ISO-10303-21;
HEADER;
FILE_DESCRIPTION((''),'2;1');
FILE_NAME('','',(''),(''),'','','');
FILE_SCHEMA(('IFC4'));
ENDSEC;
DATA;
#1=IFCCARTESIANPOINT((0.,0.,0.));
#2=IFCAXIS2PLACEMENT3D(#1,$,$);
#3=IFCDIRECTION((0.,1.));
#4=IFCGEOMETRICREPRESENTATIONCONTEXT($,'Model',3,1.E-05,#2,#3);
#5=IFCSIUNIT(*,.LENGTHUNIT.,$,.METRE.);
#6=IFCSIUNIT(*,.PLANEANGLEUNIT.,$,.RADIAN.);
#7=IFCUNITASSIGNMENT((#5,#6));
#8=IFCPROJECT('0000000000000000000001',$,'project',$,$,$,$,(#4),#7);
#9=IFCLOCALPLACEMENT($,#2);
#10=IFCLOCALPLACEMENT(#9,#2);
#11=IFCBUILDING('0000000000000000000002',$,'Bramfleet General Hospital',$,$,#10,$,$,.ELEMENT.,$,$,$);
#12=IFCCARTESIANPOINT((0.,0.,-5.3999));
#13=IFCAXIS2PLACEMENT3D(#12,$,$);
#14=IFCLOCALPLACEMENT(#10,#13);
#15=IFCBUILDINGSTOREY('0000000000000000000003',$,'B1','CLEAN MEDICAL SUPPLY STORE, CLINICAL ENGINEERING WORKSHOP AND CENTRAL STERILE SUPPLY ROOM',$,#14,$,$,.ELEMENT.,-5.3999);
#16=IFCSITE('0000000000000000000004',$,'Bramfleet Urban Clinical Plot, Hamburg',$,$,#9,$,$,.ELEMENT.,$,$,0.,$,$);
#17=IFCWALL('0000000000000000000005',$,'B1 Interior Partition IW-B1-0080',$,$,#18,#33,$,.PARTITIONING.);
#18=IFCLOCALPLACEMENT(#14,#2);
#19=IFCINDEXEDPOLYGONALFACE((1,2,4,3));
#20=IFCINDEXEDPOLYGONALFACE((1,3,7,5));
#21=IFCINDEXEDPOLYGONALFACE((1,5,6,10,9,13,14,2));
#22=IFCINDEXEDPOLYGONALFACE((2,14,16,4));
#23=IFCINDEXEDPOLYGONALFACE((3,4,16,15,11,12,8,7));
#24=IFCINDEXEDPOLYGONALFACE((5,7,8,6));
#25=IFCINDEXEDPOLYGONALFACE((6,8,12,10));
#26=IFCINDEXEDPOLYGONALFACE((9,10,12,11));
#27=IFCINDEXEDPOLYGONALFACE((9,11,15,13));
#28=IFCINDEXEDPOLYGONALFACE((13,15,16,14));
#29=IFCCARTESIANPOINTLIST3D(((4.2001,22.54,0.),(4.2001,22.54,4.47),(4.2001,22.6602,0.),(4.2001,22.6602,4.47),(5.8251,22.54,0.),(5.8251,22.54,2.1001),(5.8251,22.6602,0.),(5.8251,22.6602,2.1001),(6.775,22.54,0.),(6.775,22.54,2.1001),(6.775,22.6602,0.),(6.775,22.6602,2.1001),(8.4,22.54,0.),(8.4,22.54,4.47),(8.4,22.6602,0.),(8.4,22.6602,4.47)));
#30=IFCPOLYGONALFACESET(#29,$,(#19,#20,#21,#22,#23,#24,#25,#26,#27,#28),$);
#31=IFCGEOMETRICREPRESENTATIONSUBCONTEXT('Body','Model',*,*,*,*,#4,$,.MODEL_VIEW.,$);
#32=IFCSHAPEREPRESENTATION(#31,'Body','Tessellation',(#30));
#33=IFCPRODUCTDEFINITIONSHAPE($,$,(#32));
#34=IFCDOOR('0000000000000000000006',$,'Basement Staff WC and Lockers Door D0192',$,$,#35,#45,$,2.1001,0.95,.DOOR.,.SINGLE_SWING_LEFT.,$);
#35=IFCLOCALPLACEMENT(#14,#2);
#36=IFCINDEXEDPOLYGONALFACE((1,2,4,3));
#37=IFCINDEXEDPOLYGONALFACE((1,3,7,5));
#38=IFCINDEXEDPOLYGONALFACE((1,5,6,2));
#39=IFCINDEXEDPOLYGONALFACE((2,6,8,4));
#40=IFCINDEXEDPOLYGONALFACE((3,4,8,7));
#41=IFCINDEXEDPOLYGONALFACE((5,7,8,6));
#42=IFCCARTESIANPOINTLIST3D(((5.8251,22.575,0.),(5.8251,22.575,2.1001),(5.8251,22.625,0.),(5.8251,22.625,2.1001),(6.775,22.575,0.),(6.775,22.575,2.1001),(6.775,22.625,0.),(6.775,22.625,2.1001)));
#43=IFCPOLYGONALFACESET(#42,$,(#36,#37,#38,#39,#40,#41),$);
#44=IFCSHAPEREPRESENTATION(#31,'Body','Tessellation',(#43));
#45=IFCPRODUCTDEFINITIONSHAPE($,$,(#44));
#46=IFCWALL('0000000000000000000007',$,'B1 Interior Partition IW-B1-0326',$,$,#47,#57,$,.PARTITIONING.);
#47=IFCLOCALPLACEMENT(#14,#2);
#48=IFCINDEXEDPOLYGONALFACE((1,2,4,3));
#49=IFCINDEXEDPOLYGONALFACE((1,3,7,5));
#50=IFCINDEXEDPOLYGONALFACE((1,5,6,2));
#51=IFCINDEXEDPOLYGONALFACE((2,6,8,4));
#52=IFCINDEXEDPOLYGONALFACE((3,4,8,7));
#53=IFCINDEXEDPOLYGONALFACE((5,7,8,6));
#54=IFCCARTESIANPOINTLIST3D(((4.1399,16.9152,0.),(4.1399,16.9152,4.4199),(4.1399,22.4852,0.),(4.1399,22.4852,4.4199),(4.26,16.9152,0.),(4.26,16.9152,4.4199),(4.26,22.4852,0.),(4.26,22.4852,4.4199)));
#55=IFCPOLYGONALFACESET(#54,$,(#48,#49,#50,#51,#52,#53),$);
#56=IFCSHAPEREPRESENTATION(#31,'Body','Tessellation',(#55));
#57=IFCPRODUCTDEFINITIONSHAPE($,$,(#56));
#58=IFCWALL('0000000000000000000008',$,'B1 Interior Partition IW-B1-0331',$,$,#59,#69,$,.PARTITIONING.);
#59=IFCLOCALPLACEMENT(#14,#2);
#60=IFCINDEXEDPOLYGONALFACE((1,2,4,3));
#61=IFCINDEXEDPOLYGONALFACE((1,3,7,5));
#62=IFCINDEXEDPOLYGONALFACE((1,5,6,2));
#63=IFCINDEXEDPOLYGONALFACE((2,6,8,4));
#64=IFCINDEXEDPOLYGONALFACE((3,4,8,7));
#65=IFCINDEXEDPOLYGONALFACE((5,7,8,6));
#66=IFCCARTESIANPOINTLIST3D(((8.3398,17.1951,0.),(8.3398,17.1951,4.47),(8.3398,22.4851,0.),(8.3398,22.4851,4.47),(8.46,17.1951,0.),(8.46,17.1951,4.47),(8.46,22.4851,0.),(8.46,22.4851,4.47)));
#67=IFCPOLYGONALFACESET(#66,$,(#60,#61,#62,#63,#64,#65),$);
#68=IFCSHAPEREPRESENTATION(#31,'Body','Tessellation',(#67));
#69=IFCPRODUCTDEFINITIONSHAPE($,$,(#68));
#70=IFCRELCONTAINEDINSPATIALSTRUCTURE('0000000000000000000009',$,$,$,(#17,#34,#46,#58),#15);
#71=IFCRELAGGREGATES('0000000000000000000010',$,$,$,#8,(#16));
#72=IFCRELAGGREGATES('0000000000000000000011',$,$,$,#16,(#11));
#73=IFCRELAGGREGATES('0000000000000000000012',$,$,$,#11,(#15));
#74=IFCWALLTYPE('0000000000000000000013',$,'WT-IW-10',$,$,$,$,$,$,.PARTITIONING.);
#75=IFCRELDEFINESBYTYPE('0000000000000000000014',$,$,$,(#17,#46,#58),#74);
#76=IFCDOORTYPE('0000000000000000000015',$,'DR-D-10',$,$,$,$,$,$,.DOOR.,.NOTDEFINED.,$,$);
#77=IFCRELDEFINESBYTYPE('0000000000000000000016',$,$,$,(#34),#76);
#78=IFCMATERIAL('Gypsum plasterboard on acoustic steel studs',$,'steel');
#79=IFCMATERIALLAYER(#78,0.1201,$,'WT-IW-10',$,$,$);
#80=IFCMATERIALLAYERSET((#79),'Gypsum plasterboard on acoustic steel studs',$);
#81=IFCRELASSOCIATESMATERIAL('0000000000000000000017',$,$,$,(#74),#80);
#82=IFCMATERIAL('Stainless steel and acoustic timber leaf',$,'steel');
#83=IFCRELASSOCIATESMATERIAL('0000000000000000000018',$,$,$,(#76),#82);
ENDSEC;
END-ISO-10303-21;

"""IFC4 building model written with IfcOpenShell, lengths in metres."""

from ifc_helpers import new_model, si_unit, direction, frame, frame_2d, origin, place, context, subcontext, project, spatial, rectangle, extrude, material, layer, layer_set, type_object, element, fill, save


model = new_model("IFC4")

# Units and contexts
model_context = context("Model", 3, precision=1e-05, world=origin(), true_north=direction((0.0, 1.0)))
body_context = subcontext(model_context, "Body", "Model", "MODEL_VIEW")
ifc_project = project(units=[si_unit("LENGTHUNIT", "METRE"), si_unit("PLANEANGLEUNIT", "RADIAN")], contexts=[model_context])

# Site, building, storey
site_placement = place(None, origin())
site = spatial("IfcSite", under=ifc_project, at=site_placement, Name="Bramfleet Urban Clinical Plot, Hamburg", CompositionType="ELEMENT", RefElevation=0.0)
building_placement = place(site_placement, origin())
building = spatial("IfcBuilding", under=site, at=building_placement, Name="Bramfleet General Hospital", CompositionType="ELEMENT")
storey_placement = place(building_placement, frame((0.0, 0.0, -5.3999)))
storey = spatial("IfcBuildingStorey", under=building, at=storey_placement, Name="B1", Description="CLEAN MEDICAL SUPPLY STORE, CLINICAL ENGINEERING WORKSHOP AND CENTRAL STERILE SUPPLY ROOM", CompositionType="ELEMENT", Elevation=-5.3999)

# Wall, opening, door
ifc_material_1 = material(Name="Stainless steel and acoustic timber leaf", Category="steel")
ifc_material_2 = material(Name="Gypsum plasterboard on acoustic steel studs", Category="steel")
ifc_layer_1 = layer(ifc_material_2, 0.1201, Name="WT-IW-10")
ifc_layer_set_1 = layer_set([ifc_layer_1], Name="Gypsum plasterboard on acoustic steel studs")
wall_type_1 = type_object("IfcWallType", Name="WT-IW-10", PredefinedType="PARTITIONING", material=ifc_layer_set_1)
wall_1_placement = place(storey_placement, frame((4.2, 22.6001, 0.0), z_axis=(0.0, 0.0, 1.0), x_axis=(1.0, 0.0, 0.0)))
wall_1 = element("IfcWall", 1, at=wall_1_placement, inside=storey, type_object=wall_type_1, Name="B1 Interior Partition IW-B1-0080", PredefinedType="PARTITIONING", context=body_context, shape_type="SweptSolid", body=[
    extrude(rectangle(XDim=4.2, YDim=0.1201, at=frame_2d((2.1001, 0.0))), origin(), (0.0, 0.0, 1.0), 4.47),
])
opening_1_placement = place(wall_1_placement, frame((1.625, 0.0, 0.0)))
opening_1 = element("IfcOpeningElement", 2, at=opening_1_placement, cuts=wall_1, PredefinedType="OPENING", context=body_context, shape_type="SweptSolid", body=[
    extrude(rectangle(XDim=0.95, YDim=2.1001, at=frame_2d((0.4751, 1.05))), frame((0.0, 0.0701, 0.0), z_axis=(0.0, -1.0, 0.0), x_axis=(1.0, 0.0, 0.0)), (0.0, 0.0, 1.0), 0.1401),
])
door_type_1 = type_object("IfcDoorType", Name="DR-D-10", OperationType="NOTDEFINED", PredefinedType="DOOR", material=ifc_material_1)
door_1_placement = place(opening_1_placement, origin())
door_1 = element("IfcDoor", 3, at=door_1_placement, inside=storey, type_object=door_type_1, Name="Basement Staff WC and Lockers Door D0192", OperationType="SINGLE_SWING_LEFT", OverallHeight=2.1001, OverallWidth=0.95, PredefinedType="DOOR", context=body_context, shape_type="SweptSolid", body=[
    extrude(rectangle(XDim=0.95, YDim=2.1001, at=frame_2d((0.4751, 1.05))), frame((0.0, 0.0249, 0.0), z_axis=(0.0, -1.0, 0.0), x_axis=(1.0, 0.0, 0.0)), (0.0, 0.0, 1.0), 0.05),
])
fill(opening_1, door_1)

# Walls
wall_2_placement = place(storey_placement, frame((4.2, 16.915, 0.0), z_axis=(0.0, 0.0, 1.0), x_axis=(0.0, 1.0, 0.0)))
element("IfcWall", 4, at=wall_2_placement, inside=storey, type_object=wall_type_1, Name="B1 Interior Partition IW-B1-0326", PredefinedType="PARTITIONING", context=body_context, shape_type="SweptSolid", body=[
    extrude(rectangle(XDim=5.5701, YDim=0.1201, at=frame_2d((2.7852, 0.0))), origin(), (0.0, 0.0, 1.0), 4.4199),
])
wall_3_placement = place(storey_placement, frame((8.3999, 17.1951, 0.0), z_axis=(0.0, 0.0, 1.0), x_axis=(0.0, 1.0, 0.0)))
element("IfcWall", 5, at=wall_3_placement, inside=storey, type_object=wall_type_1, Name="B1 Interior Partition IW-B1-0331", PredefinedType="PARTITIONING", context=body_context, shape_type="SweptSolid", body=[
    extrude(rectangle(XDim=5.29, YDim=0.1201, at=frame_2d((2.645, 0.0))), origin(), (0.0, 0.0, 1.0), 4.47),
])

save(model, "model.ifc")
